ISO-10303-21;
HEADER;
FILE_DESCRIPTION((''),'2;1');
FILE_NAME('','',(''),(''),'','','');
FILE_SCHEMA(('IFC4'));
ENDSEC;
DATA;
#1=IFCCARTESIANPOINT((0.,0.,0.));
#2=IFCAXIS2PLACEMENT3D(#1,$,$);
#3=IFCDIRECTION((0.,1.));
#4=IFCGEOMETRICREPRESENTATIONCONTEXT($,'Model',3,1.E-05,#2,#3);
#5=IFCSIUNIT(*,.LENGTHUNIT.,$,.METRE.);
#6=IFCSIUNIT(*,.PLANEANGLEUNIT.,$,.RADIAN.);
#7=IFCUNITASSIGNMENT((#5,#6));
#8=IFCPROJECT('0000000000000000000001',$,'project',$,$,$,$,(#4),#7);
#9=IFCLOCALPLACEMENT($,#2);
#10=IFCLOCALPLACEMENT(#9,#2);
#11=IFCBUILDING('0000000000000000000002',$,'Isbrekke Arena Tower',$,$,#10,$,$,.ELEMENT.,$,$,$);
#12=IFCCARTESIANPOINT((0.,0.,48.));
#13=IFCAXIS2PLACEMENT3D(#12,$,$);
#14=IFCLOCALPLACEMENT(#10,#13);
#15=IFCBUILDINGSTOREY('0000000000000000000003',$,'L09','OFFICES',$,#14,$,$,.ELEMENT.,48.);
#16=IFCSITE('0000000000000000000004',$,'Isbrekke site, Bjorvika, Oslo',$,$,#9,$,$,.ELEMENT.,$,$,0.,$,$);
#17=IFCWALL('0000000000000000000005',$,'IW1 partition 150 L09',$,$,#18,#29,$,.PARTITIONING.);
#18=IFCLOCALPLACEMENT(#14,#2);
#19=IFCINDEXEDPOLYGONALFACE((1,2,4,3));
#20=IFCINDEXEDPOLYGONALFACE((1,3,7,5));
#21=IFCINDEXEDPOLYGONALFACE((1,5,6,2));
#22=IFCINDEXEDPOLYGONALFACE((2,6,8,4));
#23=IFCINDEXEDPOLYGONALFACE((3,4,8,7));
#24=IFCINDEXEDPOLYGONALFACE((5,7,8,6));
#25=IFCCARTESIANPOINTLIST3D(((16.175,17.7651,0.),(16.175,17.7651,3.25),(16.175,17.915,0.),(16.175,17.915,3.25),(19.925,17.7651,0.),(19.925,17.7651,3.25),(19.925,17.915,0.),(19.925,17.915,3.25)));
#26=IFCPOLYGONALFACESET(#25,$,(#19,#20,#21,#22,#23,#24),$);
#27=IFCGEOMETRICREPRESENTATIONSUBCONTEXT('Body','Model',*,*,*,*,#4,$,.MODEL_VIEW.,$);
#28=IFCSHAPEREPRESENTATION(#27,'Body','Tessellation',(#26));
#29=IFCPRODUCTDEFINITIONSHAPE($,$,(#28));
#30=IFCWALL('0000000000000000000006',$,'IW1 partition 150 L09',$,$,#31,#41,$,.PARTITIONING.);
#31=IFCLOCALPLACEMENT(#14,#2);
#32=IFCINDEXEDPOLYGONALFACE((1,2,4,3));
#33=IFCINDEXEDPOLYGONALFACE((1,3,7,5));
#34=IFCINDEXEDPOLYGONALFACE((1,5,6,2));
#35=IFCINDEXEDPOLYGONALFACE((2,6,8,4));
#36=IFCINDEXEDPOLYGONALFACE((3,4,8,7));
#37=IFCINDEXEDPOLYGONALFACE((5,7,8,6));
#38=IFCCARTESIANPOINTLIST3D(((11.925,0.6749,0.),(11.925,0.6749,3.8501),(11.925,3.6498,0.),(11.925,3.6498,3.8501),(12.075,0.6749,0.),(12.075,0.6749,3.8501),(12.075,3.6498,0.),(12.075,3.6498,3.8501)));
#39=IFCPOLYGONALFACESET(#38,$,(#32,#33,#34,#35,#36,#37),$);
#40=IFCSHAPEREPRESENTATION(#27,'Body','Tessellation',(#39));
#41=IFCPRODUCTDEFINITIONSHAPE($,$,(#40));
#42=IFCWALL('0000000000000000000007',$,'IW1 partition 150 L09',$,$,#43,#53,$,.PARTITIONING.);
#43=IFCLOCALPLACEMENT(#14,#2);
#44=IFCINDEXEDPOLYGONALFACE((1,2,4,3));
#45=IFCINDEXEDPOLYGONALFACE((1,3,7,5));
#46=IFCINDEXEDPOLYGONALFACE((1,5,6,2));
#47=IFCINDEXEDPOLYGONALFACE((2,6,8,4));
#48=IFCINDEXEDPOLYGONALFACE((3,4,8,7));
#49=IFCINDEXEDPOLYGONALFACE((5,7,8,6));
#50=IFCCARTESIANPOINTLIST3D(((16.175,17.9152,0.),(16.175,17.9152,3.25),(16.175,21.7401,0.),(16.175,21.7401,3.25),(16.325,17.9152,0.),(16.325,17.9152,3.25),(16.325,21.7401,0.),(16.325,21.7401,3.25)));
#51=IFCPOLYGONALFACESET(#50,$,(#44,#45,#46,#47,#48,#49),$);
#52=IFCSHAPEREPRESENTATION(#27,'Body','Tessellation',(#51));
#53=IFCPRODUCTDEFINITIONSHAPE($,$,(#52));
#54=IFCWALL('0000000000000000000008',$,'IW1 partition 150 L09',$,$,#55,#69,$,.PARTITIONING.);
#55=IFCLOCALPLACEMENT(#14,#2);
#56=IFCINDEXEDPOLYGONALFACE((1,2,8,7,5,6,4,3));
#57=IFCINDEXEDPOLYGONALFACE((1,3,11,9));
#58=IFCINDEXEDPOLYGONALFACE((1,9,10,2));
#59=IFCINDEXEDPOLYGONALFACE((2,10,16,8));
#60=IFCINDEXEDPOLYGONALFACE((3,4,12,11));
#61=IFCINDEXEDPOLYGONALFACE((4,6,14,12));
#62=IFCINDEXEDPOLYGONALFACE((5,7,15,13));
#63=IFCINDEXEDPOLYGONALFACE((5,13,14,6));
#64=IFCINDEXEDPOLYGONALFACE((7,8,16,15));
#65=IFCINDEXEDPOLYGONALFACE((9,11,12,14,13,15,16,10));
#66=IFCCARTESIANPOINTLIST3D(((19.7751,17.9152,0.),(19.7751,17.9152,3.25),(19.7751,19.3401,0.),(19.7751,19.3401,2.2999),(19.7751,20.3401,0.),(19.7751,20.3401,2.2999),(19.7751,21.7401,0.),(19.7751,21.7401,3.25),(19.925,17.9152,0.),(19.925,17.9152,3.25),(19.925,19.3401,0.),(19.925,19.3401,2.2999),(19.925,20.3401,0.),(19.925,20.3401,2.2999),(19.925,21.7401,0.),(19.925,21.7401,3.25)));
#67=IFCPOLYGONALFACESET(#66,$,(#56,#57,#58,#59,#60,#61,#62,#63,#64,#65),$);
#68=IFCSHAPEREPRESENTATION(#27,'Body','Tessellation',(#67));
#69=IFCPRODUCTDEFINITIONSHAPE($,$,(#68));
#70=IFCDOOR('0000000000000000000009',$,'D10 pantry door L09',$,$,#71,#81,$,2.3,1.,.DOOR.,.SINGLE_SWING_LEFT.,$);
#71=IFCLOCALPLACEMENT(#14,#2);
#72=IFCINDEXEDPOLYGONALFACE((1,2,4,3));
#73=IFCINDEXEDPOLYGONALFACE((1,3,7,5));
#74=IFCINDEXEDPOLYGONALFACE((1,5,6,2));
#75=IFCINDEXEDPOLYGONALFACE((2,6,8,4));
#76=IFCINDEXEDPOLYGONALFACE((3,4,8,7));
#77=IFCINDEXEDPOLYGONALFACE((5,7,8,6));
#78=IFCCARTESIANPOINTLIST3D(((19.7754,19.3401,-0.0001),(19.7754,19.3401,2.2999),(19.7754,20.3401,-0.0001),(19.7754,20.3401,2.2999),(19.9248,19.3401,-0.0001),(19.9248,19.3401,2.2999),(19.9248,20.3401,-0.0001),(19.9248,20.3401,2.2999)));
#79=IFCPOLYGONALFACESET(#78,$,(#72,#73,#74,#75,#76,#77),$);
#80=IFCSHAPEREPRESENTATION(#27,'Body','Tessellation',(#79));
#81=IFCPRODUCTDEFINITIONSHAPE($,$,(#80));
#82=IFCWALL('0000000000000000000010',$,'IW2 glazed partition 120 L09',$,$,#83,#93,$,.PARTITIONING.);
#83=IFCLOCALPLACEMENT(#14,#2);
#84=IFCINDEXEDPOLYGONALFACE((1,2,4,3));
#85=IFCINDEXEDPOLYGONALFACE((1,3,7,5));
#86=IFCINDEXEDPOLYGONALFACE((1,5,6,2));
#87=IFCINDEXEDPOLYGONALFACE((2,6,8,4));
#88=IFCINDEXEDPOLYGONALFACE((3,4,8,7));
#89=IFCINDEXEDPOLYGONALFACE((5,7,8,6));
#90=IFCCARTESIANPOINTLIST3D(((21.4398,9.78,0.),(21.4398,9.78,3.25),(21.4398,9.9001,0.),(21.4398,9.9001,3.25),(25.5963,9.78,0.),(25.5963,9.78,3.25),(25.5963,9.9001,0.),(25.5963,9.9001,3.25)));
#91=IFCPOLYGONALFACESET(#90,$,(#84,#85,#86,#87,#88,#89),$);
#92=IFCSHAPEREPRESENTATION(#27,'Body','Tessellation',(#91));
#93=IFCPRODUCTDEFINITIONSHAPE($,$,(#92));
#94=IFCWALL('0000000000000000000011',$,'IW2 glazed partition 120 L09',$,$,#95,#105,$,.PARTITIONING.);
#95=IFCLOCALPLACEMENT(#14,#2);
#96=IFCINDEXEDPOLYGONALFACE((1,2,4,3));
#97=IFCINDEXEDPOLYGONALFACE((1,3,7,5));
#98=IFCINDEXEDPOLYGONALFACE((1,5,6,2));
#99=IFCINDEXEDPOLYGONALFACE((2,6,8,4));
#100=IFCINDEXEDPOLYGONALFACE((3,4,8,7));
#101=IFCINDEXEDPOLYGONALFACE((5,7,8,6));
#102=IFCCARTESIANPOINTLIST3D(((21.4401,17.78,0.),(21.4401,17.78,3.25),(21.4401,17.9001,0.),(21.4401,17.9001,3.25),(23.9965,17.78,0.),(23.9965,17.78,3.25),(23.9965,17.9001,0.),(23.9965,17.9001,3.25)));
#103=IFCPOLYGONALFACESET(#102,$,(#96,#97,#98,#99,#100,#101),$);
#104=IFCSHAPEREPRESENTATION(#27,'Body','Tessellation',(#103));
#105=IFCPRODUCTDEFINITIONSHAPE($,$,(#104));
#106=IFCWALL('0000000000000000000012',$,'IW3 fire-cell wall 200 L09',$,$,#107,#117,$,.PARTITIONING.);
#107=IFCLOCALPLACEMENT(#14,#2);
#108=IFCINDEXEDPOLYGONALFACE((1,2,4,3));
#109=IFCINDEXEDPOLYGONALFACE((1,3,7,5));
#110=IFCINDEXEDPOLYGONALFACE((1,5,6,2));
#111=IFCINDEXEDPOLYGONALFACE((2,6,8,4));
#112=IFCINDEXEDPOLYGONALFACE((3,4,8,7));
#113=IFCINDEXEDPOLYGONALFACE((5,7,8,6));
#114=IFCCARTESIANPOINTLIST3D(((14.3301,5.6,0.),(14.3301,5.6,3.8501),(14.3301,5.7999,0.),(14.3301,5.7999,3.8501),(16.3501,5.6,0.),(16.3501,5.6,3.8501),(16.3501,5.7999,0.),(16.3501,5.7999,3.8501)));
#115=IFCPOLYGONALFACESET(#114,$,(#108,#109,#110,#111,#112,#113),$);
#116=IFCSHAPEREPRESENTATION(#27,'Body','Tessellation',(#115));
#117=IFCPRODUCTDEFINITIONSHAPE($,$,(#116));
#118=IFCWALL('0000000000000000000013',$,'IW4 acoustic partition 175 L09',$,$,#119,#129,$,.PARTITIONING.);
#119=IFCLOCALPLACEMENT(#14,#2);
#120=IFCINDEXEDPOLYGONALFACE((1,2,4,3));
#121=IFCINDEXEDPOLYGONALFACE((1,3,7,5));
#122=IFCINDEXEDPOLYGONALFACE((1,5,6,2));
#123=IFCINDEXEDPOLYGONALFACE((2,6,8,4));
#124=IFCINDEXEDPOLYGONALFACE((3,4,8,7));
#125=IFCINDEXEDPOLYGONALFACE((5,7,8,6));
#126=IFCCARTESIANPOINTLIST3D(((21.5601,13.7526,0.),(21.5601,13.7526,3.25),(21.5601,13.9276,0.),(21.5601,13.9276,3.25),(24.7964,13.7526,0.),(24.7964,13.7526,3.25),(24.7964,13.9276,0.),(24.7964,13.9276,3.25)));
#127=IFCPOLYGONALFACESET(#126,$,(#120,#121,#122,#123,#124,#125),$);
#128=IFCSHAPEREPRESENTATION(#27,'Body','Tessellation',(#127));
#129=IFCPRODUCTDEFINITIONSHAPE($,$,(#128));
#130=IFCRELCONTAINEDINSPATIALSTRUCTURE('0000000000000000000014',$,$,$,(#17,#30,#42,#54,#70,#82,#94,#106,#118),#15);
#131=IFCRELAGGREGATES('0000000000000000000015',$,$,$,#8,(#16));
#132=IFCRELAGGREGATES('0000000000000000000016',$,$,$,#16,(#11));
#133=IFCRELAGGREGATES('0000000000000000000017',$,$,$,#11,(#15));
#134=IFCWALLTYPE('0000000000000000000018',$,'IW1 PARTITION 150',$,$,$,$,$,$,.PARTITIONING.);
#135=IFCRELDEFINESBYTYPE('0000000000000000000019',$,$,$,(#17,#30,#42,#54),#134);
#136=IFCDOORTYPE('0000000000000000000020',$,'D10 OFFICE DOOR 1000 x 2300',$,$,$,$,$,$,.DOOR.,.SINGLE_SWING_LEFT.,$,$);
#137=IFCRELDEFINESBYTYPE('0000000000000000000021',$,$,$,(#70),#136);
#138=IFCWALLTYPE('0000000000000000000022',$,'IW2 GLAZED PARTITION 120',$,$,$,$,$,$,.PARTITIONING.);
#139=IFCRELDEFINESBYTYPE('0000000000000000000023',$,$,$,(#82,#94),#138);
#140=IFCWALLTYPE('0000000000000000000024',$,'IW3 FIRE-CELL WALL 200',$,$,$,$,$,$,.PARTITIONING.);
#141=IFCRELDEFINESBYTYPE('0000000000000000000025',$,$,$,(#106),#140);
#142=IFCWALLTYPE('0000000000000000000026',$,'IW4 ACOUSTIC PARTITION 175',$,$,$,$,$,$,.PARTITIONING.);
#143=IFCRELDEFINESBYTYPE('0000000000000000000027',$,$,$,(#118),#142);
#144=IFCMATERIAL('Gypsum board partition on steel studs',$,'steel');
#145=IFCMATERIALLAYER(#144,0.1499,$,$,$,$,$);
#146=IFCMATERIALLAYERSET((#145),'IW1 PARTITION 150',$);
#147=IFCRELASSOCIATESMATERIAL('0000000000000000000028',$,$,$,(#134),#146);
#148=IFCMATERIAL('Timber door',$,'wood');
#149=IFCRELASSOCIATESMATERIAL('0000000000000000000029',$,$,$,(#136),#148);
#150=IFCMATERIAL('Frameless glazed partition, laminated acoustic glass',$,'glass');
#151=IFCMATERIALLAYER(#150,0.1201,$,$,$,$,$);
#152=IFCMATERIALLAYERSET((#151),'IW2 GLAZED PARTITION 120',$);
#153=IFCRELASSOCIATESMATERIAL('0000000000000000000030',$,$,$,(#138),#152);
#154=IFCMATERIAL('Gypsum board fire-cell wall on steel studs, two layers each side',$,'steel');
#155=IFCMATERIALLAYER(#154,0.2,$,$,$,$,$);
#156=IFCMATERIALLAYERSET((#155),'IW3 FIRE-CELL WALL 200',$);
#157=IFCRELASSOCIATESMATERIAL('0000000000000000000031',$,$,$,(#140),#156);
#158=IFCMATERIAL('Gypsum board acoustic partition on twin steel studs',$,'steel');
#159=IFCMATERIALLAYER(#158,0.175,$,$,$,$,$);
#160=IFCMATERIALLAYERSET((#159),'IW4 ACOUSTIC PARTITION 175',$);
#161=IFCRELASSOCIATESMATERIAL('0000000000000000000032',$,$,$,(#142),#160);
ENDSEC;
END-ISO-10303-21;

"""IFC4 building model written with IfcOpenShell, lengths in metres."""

from ifc_helpers import new_model, si_unit, direction, frame, frame_2d, origin, place, context, subcontext, project, spatial, rectangle, extrude, material, layer, layer_set, type_object, element, fill, save


model = new_model("IFC4")

# Units and contexts
model_context = context("Model", 3, precision=1e-05, world=origin(), true_north=direction((0.0, 1.0)))
body_context = subcontext(model_context, "Body", "Model", "MODEL_VIEW")
ifc_project = project(units=[si_unit("LENGTHUNIT", "METRE"), si_unit("PLANEANGLEUNIT", "RADIAN")], contexts=[model_context])

# Site, building, storey
site_placement = place(None, origin())
site = spatial("IfcSite", under=ifc_project, at=site_placement, Name="Isbrekke site, Bjorvika, Oslo", CompositionType="ELEMENT", RefElevation=0.0)
building_placement = place(site_placement, origin())
building = spatial("IfcBuilding", under=site, at=building_placement, Name="Isbrekke Arena Tower", CompositionType="ELEMENT")
storey_placement = place(building_placement, frame((0.0, 0.0, 48.0)))
storey = spatial("IfcBuildingStorey", under=building, at=storey_placement, Name="L09", Description="OFFICES", CompositionType="ELEMENT", Elevation=48.0)

# Walls
ifc_material_1 = material(Name="Gypsum board partition on steel studs", Category="steel")
ifc_layer_1 = layer(ifc_material_1, 0.1499)
ifc_layer_set_1 = layer_set([ifc_layer_1], Name="IW1 PARTITION 150")
wall_type_1 = type_object("IfcWallType", Name="IW1 PARTITION 150", PredefinedType="PARTITIONING", material=ifc_layer_set_1)
wall_1_placement = place(storey_placement, frame((16.175, 17.8401, 0.0), z_axis=(0.0, 0.0, 1.0), x_axis=(1.0, 0.0, 0.0)))
element("IfcWall", 1, at=wall_1_placement, inside=storey, type_object=wall_type_1, Name="IW1 partition 150 L09", PredefinedType="PARTITIONING", context=body_context, shape_type="SweptSolid", body=[
    extrude(rectangle(XDim=3.75, YDim=0.1499, at=frame_2d((1.875, 0.0))), origin(), (0.0, 0.0, 1.0), 3.25),
])
wall_2_placement = place(storey_placement, frame((12.0, 0.675, 0.0), z_axis=(0.0, 0.0, 1.0), x_axis=(0.0, 1.0, 0.0)))
element("IfcWall", 2, at=wall_2_placement, inside=storey, type_object=wall_type_1, Name="IW1 partition 150 L09", PredefinedType="PARTITIONING", context=body_context, shape_type="SweptSolid", body=[
    extrude(rectangle(XDim=2.9749, YDim=0.1499, at=frame_2d((1.4873, 0.0))), origin(), (0.0, 0.0, 1.0), 3.8501),
])
wall_3_placement = place(storey_placement, frame((16.25, 17.915, 0.0), z_axis=(0.0, 0.0, 1.0), x_axis=(0.0, 1.0, 0.0)))
element("IfcWall", 3, at=wall_3_placement, inside=storey, type_object=wall_type_1, Name="IW1 partition 150 L09", PredefinedType="PARTITIONING", context=body_context, shape_type="SweptSolid", body=[
    extrude(rectangle(XDim=3.825, YDim=0.1499, at=frame_2d((1.9126, 0.0))), origin(), (0.0, 0.0, 1.0), 3.25),
])

# Wall, opening, door
wall_4_placement = place(storey_placement, frame((19.8501, 17.915, 0.0), z_axis=(0.0, 0.0, 1.0), x_axis=(0.0, 1.0, 0.0)))
wall_4 = element("IfcWall", 4, at=wall_4_placement, inside=storey, type_object=wall_type_1, Name="IW1 partition 150 L09", PredefinedType="PARTITIONING", context=body_context, shape_type="SweptSolid", body=[
    extrude(rectangle(XDim=3.825, YDim=0.1499, at=frame_2d((1.9126, 0.0))), origin(), (0.0, 0.0, 1.0), 3.25),
])
opening_1_placement = place(wall_4_placement, frame((1.425, 0.0, 0.0)))
opening_1 = element("IfcOpeningElement", 5, at=opening_1_placement, cuts=wall_4, PredefinedType="OPENING", context=body_context, shape_type="SweptSolid", body=[
    extrude(rectangle(XDim=1.0, YDim=2.3, at=frame_2d((0.5, 1.1499))), frame((0.0, 0.0898, 0.0), z_axis=(0.0, -1.0, 0.0), x_axis=(1.0, 0.0, 0.0)), (0.0, 0.0, 1.0), 0.1797),
])
ifc_material_2 = material(Name="Timber door", Category="wood")
door_type_1 = type_object("IfcDoorType", Name="D10 OFFICE DOOR 1000 x 2300", OperationType="SINGLE_SWING_LEFT", PredefinedType="DOOR", material=ifc_material_2)
door_1_placement = place(opening_1_placement, origin())
door_1 = element("IfcDoor", 6, at=door_1_placement, inside=storey, type_object=door_type_1, Name="D10 pantry door L09", OperationType="SINGLE_SWING_LEFT", OverallHeight=2.3, OverallWidth=1.0, PredefinedType="DOOR", context=body_context, shape_type="SweptSolid", body=[
    extrude(rectangle(XDim=1.0, YDim=2.3, at=frame_2d((0.5, 1.1499))), frame((0.0, 0.0747, 0.0), z_axis=(0.0, -1.0, 0.0), x_axis=(1.0, 0.0, 0.0)), (0.0, 0.0, 1.0), 0.1494),
])
fill(opening_1, door_1)

# Walls
ifc_material_3 = material(Name="Frameless glazed partition, laminated acoustic glass", Category="glass")
ifc_layer_2 = layer(ifc_material_3, 0.1201)
ifc_layer_set_2 = layer_set([ifc_layer_2], Name="IW2 GLAZED PARTITION 120")
wall_type_2 = type_object("IfcWallType", Name="IW2 GLAZED PARTITION 120", PredefinedType="PARTITIONING", material=ifc_layer_set_2)
wall_5_placement = place(storey_placement, frame((21.4399, 9.8401, 0.0), z_axis=(0.0, 0.0, 1.0), x_axis=(1.0, 0.0, 0.0)))
element("IfcWall", 7, at=wall_5_placement, inside=storey, type_object=wall_type_2, Name="IW2 glazed partition 120 L09", PredefinedType="PARTITIONING", context=body_context, shape_type="SweptSolid", body=[
    extrude(rectangle(XDim=4.1565, YDim=0.1201, at=frame_2d((2.0781, 0.0))), origin(), (0.0, 0.0, 1.0), 3.25),
])
wall_6_placement = place(storey_placement, frame((21.4399, 17.8401, 0.0), z_axis=(0.0, 0.0, 1.0), x_axis=(1.0, 0.0, 0.0)))
element("IfcWall", 8, at=wall_6_placement, inside=storey, type_object=wall_type_2, Name="IW2 glazed partition 120 L09", PredefinedType="PARTITIONING", context=body_context, shape_type="SweptSolid", body=[
    extrude(rectangle(XDim=2.5564, YDim=0.1201, at=frame_2d((1.2783, 0.0))), origin(), (0.0, 0.0, 1.0), 3.25),
])

# Wall
ifc_material_4 = material(Name="Gypsum board fire-cell wall on steel studs, two layers each side", Category="steel")
ifc_layer_3 = layer(ifc_material_4, 0.2)
ifc_layer_set_3 = layer_set([ifc_layer_3], Name="IW3 FIRE-CELL WALL 200")
wall_type_3 = type_object("IfcWallType", Name="IW3 FIRE-CELL WALL 200", PredefinedType="PARTITIONING", material=ifc_layer_set_3)
wall_7_placement = place(storey_placement, frame((14.3301, 5.7, 0.0), z_axis=(0.0, 0.0, 1.0), x_axis=(1.0, 0.0, 0.0)))
element("IfcWall", 9, at=wall_7_placement, inside=storey, type_object=wall_type_3, Name="IW3 fire-cell wall 200 L09", PredefinedType="PARTITIONING", context=body_context, shape_type="SweptSolid", body=[
    extrude(rectangle(XDim=2.02, YDim=0.2, at=frame_2d((1.01, 0.0))), origin(), (0.0, 0.0, 1.0), 3.8501),
])

# Wall
ifc_material_5 = material(Name="Gypsum board acoustic partition on twin steel studs", Category="steel")
ifc_layer_4 = layer(ifc_material_5, 0.175)
ifc_layer_set_4 = layer_set([ifc_layer_4], Name="IW4 ACOUSTIC PARTITION 175")
wall_type_4 = type_object("IfcWallType", Name="IW4 ACOUSTIC PARTITION 175", PredefinedType="PARTITIONING", material=ifc_layer_set_4)
wall_8_placement = place(storey_placement, frame((21.5601, 13.8401, 0.0), z_axis=(0.0, 0.0, 1.0), x_axis=(1.0, 0.0, 0.0)))
element("IfcWall", 10, at=wall_8_placement, inside=storey, type_object=wall_type_4, Name="IW4 acoustic partition 175 L09", PredefinedType="PARTITIONING", context=body_context, shape_type="SweptSolid", body=[
    extrude(rectangle(XDim=3.2363, YDim=0.175, at=frame_2d((1.6182, 0.0))), origin(), (0.0, 0.0, 1.0), 3.25),
])

save(model, "model.ifc")
